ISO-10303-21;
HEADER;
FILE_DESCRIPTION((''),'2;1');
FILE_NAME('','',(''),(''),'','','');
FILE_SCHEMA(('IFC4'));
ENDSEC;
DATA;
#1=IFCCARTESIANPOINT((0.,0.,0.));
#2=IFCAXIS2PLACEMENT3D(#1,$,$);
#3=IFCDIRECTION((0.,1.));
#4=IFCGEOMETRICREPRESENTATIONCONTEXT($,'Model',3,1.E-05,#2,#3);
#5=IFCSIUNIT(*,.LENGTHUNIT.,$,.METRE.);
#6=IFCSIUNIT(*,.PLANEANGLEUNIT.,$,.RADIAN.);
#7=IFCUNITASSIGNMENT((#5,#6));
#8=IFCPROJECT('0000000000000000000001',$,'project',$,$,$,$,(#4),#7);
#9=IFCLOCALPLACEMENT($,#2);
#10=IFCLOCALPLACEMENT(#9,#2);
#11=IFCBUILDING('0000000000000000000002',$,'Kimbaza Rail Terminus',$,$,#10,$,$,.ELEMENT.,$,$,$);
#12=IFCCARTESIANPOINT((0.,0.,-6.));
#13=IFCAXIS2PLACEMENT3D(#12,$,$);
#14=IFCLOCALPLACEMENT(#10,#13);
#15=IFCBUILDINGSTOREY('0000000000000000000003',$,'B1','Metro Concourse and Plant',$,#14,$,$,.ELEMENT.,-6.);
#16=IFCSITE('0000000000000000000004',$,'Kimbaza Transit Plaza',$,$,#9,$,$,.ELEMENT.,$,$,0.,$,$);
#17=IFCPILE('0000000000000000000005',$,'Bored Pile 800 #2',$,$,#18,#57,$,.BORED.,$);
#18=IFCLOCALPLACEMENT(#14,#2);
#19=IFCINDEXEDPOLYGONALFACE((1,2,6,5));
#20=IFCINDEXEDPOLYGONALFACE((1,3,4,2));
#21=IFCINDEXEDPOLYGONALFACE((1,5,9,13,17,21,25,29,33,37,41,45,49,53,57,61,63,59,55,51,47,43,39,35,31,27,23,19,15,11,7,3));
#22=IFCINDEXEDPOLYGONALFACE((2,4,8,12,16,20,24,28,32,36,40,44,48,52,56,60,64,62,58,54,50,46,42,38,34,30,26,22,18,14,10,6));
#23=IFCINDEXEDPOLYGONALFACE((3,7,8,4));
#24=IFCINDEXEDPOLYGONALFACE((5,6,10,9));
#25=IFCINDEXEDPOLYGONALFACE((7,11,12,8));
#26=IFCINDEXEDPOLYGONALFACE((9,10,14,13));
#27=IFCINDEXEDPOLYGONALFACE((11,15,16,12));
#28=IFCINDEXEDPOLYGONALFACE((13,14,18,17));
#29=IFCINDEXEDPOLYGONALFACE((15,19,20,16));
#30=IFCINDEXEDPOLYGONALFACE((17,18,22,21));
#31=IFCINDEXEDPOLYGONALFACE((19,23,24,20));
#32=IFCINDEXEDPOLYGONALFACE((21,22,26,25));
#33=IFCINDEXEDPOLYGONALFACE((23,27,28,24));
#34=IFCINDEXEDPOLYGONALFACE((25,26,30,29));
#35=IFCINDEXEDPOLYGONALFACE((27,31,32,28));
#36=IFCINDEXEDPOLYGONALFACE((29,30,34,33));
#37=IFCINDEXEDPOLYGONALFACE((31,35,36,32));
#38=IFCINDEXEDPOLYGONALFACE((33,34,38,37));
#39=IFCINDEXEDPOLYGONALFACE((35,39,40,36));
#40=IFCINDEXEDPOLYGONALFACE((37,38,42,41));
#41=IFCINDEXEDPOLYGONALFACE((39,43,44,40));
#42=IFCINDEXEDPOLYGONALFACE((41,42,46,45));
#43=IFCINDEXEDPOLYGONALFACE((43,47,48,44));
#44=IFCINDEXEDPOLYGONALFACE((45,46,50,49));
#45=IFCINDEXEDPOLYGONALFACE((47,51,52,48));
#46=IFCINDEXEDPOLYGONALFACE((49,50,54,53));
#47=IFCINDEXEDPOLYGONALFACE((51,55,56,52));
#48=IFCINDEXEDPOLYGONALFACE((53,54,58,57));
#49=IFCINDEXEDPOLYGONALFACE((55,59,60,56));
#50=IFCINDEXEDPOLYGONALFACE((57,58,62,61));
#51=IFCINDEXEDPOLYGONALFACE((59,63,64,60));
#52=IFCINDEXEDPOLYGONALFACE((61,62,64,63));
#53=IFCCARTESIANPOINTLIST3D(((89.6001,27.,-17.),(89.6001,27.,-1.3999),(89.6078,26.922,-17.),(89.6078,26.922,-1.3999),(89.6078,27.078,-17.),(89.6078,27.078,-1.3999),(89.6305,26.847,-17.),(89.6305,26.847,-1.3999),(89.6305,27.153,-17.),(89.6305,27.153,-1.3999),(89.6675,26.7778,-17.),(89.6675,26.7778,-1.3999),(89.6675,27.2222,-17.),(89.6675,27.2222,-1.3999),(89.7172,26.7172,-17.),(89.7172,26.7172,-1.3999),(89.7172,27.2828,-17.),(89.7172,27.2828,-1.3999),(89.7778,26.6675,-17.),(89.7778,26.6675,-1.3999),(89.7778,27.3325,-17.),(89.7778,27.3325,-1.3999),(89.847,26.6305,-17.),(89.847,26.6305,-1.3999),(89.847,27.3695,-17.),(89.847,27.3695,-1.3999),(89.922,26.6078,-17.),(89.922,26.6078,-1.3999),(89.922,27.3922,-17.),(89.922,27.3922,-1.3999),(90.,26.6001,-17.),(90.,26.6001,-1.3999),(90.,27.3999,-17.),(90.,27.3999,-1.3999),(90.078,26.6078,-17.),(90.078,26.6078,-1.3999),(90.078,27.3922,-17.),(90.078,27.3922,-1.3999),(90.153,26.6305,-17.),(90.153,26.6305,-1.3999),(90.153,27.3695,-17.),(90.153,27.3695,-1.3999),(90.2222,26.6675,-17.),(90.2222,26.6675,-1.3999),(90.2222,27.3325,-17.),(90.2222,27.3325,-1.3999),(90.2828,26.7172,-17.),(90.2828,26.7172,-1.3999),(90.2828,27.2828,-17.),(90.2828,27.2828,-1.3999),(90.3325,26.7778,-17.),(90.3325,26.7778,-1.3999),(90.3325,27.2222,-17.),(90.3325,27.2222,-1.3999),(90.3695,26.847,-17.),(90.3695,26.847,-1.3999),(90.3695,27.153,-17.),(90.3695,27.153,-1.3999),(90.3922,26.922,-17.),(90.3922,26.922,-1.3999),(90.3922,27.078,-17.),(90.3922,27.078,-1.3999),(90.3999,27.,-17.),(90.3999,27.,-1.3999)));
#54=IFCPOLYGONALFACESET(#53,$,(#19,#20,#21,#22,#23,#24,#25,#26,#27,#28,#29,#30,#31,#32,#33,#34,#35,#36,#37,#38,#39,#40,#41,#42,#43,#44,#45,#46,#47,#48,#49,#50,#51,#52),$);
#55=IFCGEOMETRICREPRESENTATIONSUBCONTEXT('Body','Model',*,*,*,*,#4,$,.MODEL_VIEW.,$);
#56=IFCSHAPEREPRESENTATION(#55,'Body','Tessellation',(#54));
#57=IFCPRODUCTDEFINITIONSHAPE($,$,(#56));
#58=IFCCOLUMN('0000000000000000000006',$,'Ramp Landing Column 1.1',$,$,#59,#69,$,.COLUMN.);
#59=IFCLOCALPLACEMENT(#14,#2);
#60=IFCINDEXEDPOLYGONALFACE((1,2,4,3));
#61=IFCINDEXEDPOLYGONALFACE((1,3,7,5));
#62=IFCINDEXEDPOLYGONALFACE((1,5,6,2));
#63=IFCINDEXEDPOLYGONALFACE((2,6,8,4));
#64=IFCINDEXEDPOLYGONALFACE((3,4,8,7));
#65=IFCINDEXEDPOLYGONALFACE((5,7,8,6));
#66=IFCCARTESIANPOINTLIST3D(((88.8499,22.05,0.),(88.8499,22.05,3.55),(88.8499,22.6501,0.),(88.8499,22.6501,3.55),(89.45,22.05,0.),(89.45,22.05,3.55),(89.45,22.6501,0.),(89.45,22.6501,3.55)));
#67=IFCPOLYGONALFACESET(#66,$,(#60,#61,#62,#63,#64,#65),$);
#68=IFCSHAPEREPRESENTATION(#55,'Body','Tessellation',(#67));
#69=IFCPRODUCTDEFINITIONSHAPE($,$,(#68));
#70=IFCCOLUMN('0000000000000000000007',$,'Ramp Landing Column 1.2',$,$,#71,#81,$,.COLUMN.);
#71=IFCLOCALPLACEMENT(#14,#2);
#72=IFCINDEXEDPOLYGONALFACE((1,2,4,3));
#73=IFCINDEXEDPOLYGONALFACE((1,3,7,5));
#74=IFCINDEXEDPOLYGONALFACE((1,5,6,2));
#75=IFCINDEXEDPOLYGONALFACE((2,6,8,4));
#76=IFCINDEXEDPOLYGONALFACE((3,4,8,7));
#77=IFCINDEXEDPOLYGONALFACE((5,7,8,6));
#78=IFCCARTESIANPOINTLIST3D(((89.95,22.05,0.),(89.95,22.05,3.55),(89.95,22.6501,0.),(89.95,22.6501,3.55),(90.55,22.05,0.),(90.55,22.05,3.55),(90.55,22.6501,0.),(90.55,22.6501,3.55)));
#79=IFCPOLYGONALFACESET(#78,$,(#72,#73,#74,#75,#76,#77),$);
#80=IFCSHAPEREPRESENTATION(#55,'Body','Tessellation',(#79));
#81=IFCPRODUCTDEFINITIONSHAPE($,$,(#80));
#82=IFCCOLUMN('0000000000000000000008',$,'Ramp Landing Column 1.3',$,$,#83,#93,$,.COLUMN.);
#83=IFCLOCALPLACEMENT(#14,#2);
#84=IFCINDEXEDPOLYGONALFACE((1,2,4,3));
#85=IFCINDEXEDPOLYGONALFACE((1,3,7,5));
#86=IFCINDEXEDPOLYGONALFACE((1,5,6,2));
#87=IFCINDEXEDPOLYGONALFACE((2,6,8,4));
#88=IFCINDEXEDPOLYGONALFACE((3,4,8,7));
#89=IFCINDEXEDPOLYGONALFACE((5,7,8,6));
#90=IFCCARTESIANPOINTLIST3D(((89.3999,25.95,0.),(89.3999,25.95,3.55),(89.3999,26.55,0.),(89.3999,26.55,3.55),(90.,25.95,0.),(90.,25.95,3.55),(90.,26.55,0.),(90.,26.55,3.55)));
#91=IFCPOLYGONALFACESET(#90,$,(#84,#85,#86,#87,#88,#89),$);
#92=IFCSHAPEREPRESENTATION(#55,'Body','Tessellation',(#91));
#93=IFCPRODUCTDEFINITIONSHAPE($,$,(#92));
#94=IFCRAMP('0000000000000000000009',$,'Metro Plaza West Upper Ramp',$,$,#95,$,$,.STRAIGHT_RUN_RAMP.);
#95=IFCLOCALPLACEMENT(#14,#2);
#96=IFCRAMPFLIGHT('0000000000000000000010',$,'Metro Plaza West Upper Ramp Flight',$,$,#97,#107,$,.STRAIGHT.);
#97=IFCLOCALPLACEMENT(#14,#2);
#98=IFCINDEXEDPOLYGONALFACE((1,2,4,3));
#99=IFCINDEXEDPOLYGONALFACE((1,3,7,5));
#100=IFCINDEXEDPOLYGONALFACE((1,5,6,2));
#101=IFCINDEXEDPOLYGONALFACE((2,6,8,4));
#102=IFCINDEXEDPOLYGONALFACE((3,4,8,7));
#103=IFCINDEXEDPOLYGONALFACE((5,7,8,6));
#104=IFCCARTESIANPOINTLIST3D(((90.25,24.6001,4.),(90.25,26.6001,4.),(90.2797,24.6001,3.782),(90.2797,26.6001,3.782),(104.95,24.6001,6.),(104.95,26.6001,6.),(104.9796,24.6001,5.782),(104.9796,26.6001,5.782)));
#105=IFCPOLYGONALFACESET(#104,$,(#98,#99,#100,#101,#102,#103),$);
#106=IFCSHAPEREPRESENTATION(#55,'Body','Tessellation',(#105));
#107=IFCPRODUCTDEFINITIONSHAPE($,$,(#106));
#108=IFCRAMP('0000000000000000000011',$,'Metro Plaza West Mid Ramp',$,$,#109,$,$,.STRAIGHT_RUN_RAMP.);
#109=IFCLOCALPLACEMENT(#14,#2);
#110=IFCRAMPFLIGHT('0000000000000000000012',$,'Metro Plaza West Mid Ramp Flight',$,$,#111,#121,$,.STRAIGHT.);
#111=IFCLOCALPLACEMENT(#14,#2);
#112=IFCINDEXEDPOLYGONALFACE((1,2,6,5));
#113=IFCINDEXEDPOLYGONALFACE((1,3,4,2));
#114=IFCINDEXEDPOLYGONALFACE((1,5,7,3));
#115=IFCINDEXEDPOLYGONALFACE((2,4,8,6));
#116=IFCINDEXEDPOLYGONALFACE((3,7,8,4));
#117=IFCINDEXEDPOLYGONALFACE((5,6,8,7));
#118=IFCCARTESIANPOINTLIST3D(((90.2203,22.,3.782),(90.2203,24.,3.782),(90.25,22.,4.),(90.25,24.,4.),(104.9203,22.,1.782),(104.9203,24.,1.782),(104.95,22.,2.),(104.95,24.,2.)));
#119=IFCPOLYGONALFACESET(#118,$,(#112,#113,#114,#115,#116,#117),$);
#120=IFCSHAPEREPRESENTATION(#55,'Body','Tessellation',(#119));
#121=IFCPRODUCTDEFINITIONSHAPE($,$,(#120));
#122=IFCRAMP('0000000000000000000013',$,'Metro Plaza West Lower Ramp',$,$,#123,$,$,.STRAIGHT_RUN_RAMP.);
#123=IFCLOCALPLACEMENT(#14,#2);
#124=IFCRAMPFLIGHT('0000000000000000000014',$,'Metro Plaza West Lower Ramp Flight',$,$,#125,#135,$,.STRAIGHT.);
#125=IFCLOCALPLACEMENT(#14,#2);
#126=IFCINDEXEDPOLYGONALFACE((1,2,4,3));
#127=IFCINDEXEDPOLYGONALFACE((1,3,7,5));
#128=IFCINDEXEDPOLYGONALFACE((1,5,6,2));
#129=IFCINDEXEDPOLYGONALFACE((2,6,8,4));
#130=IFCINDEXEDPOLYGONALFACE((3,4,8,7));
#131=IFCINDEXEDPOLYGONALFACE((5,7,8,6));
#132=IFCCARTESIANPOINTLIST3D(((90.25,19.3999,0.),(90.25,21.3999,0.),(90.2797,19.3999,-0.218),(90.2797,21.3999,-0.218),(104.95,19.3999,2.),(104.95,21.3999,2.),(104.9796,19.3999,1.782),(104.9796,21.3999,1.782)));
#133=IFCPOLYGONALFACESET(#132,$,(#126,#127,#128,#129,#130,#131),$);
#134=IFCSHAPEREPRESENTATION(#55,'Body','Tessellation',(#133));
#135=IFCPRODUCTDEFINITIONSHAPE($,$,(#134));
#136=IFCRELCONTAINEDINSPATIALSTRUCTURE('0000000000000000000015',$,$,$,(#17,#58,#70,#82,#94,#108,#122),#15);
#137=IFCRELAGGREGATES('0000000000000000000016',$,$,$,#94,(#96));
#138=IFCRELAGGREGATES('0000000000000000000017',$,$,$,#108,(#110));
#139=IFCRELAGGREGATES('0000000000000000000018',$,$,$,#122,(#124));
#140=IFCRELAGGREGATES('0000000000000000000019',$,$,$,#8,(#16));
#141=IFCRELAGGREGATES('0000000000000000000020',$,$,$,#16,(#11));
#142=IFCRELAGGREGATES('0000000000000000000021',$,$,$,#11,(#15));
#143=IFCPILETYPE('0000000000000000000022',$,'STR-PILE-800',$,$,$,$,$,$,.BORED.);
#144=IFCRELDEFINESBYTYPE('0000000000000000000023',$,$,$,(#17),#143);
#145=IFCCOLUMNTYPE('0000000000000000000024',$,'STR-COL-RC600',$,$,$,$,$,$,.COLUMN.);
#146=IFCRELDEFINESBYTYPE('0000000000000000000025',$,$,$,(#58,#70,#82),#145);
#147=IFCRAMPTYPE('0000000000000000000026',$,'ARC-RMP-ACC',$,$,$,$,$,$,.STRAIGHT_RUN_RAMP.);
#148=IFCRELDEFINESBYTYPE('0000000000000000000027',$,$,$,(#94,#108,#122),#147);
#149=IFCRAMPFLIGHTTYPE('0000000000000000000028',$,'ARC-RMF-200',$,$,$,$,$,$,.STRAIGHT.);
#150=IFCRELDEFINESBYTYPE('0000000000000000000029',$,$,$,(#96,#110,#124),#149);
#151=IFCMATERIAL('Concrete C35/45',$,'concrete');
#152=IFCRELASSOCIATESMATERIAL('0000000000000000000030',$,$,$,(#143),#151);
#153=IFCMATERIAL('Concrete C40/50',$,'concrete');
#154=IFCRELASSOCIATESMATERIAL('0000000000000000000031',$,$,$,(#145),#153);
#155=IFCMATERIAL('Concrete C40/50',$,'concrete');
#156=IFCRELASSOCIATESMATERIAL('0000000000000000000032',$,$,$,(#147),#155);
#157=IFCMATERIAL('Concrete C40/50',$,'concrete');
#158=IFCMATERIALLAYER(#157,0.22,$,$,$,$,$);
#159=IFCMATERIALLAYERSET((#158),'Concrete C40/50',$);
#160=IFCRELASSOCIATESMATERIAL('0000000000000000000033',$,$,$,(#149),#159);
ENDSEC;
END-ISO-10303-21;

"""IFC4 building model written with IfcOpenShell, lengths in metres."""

from ifc_helpers import new_model, si_unit, direction, frame, origin, origin_2d, place, context, subcontext, project, spatial, polyline, rectangle, circle, outline, extrude, material, layer, layer_set, material_profile, profile_set, type_object, element, aggregate, save


model = new_model("IFC4")

# Units and contexts
model_context = context("Model", 3, precision=1e-05, world=origin(), true_north=direction((0.0, 1.0)))
body_context = subcontext(model_context, "Body", "Model", "MODEL_VIEW")
ifc_project = project(units=[si_unit("LENGTHUNIT", "METRE"), si_unit("PLANEANGLEUNIT", "RADIAN")], contexts=[model_context])

# Site, building, storey
site_placement = place(None, origin())
site = spatial("IfcSite", under=ifc_project, at=site_placement, Name="Kimbaza Transit Plaza", CompositionType="ELEMENT", RefElevation=0.0)
building_placement = place(site_placement, origin())
building = spatial("IfcBuilding", under=site, at=building_placement, Name="Kimbaza Rail Terminus", CompositionType="ELEMENT")
storey_placement = place(building_placement, frame((0.0, 0.0, -6.0)))
storey = spatial("IfcBuildingStorey", under=building, at=storey_placement, Name="B1", Description="Metro Concourse and Plant", CompositionType="ELEMENT", Elevation=-6.0)

# Pile
ifc_material_1 = material(Name="Concrete C35/45", Category="concrete")
ifc_material_profile_1 = material_profile(ifc_material_1, circle(Radius=0.3999, at=origin_2d()), Name="BORED PILE 800")
ifc_profile_set_1 = profile_set([ifc_material_profile_1], Name="Concrete C35/45")
pile_type = type_object("IfcPileType", Name="STR-PILE-800", PredefinedType="BORED", material=ifc_profile_set_1)
pile_placement = place(storey_placement, frame((90.0, 27.0, -1.3999), z_axis=(0.0, 0.0, -1.0), x_axis=(1.0, 0.0, 0.0)))
element("IfcPile", 1, at=pile_placement, inside=storey, type_object=pile_type, Name="Bored Pile 800 #2", PredefinedType="BORED", context=body_context, shape_type="SweptSolid", body=[
    extrude(circle(Radius=0.3999, at=origin_2d()), origin(), (0.0, 0.0, 1.0), 15.6001),
])

# Columns
ifc_material_2 = material(Name="Concrete C40/50", Category="concrete")
ifc_material_profile_2 = material_profile(ifc_material_2, rectangle(XDim=0.6001, YDim=0.6001, at=origin_2d()), Name="RC 600x600")
ifc_profile_set_2 = profile_set([ifc_material_profile_2], Name="Concrete C40/50")
column_type = type_object("IfcColumnType", Name="STR-COL-RC600", PredefinedType="COLUMN", material=ifc_profile_set_2)
for number, where, z_axis, x_axis, name in (
    (2, (89.1499, 22.3501, 0.0), (0.0, 0.0, 1.0), (1.0, 0.0, 0.0), "Ramp Landing Column 1.1"),
    (3, (90.25, 22.3501, 0.0), (0.0, 0.0, 1.0), (1.0, 0.0, 0.0), "Ramp Landing Column 1.2"),
    (4, (89.7, 26.25, 0.0), (0.0, 0.0, 1.0), (1.0, 0.0, 0.0), "Ramp Landing Column 1.3"),
):
    element("IfcColumn", number, at=place(storey_placement, frame(where, z_axis=z_axis, x_axis=x_axis)), inside=storey, type_object=column_type, Name=name, PredefinedType="COLUMN", context=body_context, shape_type="SweptSolid", body=[
        extrude(rectangle(XDim=0.6001, YDim=0.6001, at=origin_2d()), origin(), (0.0, 0.0, 1.0), 3.55),
    ])

# Ramps, ramp flights
ifc_material_3 = material(Name="Concrete C40/50", Category="concrete")
ramp_type = type_object("IfcRampType", Name="ARC-RMP-ACC", PredefinedType="STRAIGHT_RUN_RAMP", material=ifc_material_3)
ramp_1_placement = place(storey_placement, origin())
ramp_1 = element("IfcRamp", 5, at=ramp_1_placement, inside=storey, type_object=ramp_type, Name="Metro Plaza West Upper Ramp", PredefinedType="STRAIGHT_RUN_RAMP")
ifc_material_4 = material(Name="Concrete C40/50", Category="concrete")
ifc_layer_1 = layer(ifc_material_4, 0.22)
ifc_layer_set_1 = layer_set([ifc_layer_1], Name="Concrete C40/50")
ramp_flight_type = type_object("IfcRampFlightType", Name="ARC-RMF-200", PredefinedType="STRAIGHT", material=ifc_layer_set_1)
ramp_flight_1_placement = place(storey_placement, frame((90.25, 24.6001, 4.0), z_axis=(-0.134813, 0.0, 0.990871), x_axis=(0.990871, 0.0, 0.134813)))
ramp_flight_1 = element("IfcRampFlight", 6, at=ramp_flight_1_placement, type_object=ramp_flight_type, Name="Metro Plaza West Upper Ramp Flight", PredefinedType="STRAIGHT", context=body_context, shape_type="SweptSolid", body=[
    extrude(outline(polyline([(0.0, 0.0), (14.8354, 0.0), (14.8354, 2.0), (0.0, 2.0), (0.0, 0.0)])), origin(), (0.0, 0.0, -1.0), 0.22),
])
aggregate(ramp_1, [ramp_flight_1])
ramp_2_placement = place(storey_placement, origin())
ramp_2 = element("IfcRamp", 7, at=ramp_2_placement, inside=storey, type_object=ramp_type, Name="Metro Plaza West Mid Ramp", PredefinedType="STRAIGHT_RUN_RAMP")
ramp_flight_2_placement = place(storey_placement, frame((90.25, 22.0, 4.0), z_axis=(0.134813, 0.0, 0.990871), x_axis=(0.990871, 0.0, -0.134813)))
ramp_flight_2 = element("IfcRampFlight", 8, at=ramp_flight_2_placement, type_object=ramp_flight_type, Name="Metro Plaza West Mid Ramp Flight", PredefinedType="STRAIGHT", context=body_context, shape_type="SweptSolid", body=[
    extrude(outline(polyline([(0.0, 0.0), (14.8354, 0.0), (14.8354, 2.0), (0.0, 2.0), (0.0, 0.0)])), origin(), (0.0, 0.0, -1.0), 0.22),
])
aggregate(ramp_2, [ramp_flight_2])
ramp_3_placement = place(storey_placement, origin())
ramp_3 = element("IfcRamp", 9, at=ramp_3_placement, inside=storey, type_object=ramp_type, Name="Metro Plaza West Lower Ramp", PredefinedType="STRAIGHT_RUN_RAMP")
ramp_flight_3_placement = place(storey_placement, frame((90.25, 19.3999, 0.0), z_axis=(-0.134813, 0.0, 0.990871), x_axis=(0.990871, 0.0, 0.134813)))
ramp_flight_3 = element("IfcRampFlight", 10, at=ramp_flight_3_placement, type_object=ramp_flight_type, Name="Metro Plaza West Lower Ramp Flight", PredefinedType="STRAIGHT", context=body_context, shape_type="SweptSolid", body=[
    extrude(outline(polyline([(0.0, 0.0), (14.8354, 0.0), (14.8354, 2.0), (0.0, 2.0), (0.0, 0.0)])), origin(), (0.0, 0.0, -1.0), 0.22),
])
aggregate(ramp_3, [ramp_flight_3])

save(model, "model.ifc")
